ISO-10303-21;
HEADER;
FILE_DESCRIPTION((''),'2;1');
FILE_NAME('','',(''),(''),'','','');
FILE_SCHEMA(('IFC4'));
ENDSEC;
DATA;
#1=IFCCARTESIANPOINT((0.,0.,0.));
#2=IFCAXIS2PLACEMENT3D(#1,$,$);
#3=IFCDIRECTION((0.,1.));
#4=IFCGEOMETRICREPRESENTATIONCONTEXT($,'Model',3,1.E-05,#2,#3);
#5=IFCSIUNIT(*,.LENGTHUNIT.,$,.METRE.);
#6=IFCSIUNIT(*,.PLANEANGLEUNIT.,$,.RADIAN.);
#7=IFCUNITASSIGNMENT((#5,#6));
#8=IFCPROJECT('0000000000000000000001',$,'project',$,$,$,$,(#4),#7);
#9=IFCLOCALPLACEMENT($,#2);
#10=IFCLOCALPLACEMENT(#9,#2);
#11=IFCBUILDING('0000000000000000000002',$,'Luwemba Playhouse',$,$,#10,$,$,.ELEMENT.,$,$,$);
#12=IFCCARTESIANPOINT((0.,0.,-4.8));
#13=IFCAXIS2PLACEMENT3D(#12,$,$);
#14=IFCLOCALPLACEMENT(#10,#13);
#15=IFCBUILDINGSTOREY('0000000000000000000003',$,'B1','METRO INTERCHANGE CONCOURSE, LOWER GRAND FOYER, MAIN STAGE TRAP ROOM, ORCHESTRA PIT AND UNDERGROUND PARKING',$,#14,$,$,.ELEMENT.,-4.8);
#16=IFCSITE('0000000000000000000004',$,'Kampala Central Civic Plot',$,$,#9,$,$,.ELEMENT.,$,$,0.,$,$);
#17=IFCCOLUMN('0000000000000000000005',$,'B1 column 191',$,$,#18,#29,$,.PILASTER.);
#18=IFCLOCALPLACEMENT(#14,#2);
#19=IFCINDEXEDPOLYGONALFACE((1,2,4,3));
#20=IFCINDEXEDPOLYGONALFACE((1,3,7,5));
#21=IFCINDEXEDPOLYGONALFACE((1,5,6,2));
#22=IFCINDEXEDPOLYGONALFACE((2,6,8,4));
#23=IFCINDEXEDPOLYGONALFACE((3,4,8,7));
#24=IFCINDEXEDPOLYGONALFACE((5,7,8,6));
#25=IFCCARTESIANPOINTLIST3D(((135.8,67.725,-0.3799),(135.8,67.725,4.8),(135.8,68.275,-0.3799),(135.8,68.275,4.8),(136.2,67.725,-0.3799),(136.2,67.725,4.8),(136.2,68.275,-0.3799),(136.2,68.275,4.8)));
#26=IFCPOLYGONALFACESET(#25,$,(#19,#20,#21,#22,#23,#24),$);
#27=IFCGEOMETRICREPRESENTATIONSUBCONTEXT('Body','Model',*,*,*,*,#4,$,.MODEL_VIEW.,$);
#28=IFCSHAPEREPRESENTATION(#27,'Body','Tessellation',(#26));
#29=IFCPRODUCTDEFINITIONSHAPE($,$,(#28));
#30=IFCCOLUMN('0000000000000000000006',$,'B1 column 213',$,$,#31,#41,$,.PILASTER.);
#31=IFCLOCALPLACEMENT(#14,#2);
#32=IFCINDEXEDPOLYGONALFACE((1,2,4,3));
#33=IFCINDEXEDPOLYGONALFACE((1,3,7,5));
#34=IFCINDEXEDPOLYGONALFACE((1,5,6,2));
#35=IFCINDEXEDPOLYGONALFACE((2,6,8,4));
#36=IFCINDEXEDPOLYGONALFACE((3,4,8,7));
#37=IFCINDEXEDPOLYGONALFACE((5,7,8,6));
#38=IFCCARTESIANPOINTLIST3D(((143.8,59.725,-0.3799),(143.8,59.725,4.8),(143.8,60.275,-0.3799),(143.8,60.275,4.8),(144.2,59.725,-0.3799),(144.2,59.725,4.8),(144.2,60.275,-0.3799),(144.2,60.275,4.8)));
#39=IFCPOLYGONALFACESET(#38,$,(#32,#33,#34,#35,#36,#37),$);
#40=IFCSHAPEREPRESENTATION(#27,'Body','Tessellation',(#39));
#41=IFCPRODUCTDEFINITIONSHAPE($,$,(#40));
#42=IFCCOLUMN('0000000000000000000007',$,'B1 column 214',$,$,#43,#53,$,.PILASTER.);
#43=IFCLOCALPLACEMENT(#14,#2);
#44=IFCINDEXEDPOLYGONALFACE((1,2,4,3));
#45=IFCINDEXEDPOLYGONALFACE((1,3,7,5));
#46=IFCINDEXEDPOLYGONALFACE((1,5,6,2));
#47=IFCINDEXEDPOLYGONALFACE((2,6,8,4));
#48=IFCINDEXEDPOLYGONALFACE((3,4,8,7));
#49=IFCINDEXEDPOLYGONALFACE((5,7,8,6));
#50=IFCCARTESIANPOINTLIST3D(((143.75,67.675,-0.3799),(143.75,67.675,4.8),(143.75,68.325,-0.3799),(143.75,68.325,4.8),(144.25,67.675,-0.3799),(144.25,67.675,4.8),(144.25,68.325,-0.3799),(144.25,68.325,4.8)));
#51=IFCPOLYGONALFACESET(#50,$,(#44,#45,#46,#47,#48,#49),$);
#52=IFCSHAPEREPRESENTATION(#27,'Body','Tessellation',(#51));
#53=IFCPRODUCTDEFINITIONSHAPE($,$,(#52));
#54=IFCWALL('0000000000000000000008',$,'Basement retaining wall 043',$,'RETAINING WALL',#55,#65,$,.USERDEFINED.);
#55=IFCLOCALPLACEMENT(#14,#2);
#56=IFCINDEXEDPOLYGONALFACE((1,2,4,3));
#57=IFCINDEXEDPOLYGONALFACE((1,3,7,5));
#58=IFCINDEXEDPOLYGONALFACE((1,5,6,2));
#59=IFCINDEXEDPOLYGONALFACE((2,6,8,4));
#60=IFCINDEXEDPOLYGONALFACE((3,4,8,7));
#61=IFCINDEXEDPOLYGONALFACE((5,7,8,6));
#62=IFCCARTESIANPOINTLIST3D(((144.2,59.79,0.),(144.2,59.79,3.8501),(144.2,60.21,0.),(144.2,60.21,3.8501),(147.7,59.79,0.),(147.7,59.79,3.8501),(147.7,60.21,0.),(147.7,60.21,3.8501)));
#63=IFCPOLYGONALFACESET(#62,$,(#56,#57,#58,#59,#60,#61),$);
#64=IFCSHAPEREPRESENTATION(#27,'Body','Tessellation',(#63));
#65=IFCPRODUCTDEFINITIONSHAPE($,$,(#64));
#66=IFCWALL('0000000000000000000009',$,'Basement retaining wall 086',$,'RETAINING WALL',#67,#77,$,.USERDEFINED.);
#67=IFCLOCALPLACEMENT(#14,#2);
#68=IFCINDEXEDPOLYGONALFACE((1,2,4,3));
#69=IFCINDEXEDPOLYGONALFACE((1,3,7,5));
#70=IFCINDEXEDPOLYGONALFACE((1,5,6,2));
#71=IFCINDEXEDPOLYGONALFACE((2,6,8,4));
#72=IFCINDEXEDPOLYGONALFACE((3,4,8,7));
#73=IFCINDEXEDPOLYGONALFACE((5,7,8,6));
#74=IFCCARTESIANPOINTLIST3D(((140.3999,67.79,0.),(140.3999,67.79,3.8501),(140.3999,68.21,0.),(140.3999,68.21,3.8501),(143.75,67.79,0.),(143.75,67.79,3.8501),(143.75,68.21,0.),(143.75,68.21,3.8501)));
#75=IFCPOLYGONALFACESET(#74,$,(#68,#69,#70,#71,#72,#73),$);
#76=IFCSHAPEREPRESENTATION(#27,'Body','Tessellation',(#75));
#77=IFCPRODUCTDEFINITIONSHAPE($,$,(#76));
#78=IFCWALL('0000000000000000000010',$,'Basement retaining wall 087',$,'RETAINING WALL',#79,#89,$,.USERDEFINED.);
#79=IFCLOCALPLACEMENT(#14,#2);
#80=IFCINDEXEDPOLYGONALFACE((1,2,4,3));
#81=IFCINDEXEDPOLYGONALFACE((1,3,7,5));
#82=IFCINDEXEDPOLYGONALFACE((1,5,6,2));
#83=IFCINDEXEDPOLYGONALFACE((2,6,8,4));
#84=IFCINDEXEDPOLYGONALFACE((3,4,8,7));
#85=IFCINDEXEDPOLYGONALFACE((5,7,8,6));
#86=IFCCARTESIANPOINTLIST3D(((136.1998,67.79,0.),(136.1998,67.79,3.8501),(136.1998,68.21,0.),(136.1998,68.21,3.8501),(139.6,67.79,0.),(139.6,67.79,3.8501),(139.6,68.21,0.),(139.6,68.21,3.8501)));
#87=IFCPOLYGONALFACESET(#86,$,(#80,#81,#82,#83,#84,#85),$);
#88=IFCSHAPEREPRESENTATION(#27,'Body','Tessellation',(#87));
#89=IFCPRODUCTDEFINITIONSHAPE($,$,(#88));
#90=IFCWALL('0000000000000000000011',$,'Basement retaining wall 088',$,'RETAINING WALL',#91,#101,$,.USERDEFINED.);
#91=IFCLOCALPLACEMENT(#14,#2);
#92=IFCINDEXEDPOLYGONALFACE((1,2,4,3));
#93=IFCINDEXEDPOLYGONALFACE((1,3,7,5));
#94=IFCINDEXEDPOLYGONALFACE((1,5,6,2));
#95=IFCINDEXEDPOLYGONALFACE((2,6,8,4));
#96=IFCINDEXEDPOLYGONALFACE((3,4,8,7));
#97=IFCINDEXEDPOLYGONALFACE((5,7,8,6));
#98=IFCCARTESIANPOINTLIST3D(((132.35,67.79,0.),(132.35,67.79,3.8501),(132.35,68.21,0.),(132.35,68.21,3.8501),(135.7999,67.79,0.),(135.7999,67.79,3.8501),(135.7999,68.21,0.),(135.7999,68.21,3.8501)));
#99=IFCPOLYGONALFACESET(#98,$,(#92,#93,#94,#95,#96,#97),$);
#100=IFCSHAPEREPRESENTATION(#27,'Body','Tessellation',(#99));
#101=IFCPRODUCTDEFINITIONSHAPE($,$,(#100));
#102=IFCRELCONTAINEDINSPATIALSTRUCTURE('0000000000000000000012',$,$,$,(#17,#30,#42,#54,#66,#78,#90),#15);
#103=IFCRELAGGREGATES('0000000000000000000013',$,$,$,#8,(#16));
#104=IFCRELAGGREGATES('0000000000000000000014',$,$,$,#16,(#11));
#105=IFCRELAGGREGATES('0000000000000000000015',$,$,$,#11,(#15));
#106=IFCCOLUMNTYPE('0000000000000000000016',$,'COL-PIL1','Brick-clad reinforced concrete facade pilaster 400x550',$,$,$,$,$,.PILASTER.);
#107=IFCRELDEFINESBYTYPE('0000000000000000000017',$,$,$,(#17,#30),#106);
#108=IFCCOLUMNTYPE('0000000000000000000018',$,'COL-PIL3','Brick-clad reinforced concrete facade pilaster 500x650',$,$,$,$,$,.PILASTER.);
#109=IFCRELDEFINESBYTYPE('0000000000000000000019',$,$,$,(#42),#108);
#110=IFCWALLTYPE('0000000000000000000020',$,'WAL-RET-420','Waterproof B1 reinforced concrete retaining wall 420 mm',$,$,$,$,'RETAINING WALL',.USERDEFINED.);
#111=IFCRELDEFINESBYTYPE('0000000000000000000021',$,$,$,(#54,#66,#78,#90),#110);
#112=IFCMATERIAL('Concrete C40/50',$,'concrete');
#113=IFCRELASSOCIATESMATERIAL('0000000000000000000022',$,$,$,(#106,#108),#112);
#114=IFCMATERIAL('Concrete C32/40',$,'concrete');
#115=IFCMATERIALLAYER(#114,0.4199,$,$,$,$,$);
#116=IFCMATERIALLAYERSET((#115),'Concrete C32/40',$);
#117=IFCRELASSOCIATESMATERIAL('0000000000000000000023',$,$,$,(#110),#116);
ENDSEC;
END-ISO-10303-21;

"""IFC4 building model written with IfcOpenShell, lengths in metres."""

from ifc_helpers import new_model, si_unit, direction, frame, frame_2d, origin, origin_2d, place, context, subcontext, project, spatial, rectangle, extrude, material, layer, layer_set, material_profile, profile_set, type_object, element, save


model = new_model("IFC4")

# Units and contexts
model_context = context("Model", 3, precision=1e-05, world=origin(), true_north=direction((0.0, 1.0)))
body_context = subcontext(model_context, "Body", "Model", "MODEL_VIEW")
ifc_project = project(units=[si_unit("LENGTHUNIT", "METRE"), si_unit("PLANEANGLEUNIT", "RADIAN")], contexts=[model_context])

# Site, building, storey
site_placement = place(None, origin())
site = spatial("IfcSite", under=ifc_project, at=site_placement, Name="Kampala Central Civic Plot", CompositionType="ELEMENT", RefElevation=0.0)
building_placement = place(site_placement, origin())
building = spatial("IfcBuilding", under=site, at=building_placement, Name="Luwemba Playhouse", CompositionType="ELEMENT")
storey_placement = place(building_placement, frame((0.0, 0.0, -4.8)))
storey = spatial("IfcBuildingStorey", under=building, at=storey_placement, Name="B1", Description="METRO INTERCHANGE CONCOURSE, LOWER GRAND FOYER, MAIN STAGE TRAP ROOM, ORCHESTRA PIT AND UNDERGROUND PARKING", CompositionType="ELEMENT", Elevation=-4.8)

# Shared definitions
ifc_material_1 = material(Name="Concrete C32/40", Category="concrete")

# Columns
ifc_material_2 = material(Name="Concrete C40/50", Category="concrete")
ifc_material_profile_1 = material_profile(ifc_material_2, rectangle(XDim=0.3999, YDim=0.55, at=origin_2d()))
ifc_profile_set_1 = profile_set([ifc_material_profile_1], Name="Concrete C40/50")
column_type_1 = type_object("IfcColumnType", Name="COL-PIL1", Description="Brick-clad reinforced concrete facade pilaster 400x550", PredefinedType="PILASTER", material=ifc_profile_set_1)
for number, where, z_axis, x_axis, name in (
    (1, (136.0, 68.0, -0.3799), (0.0, 0.0, 1.0), (1.0, 0.0, 0.0), "B1 column 191"),
    (2, (144.0, 60.0, -0.3799), (0.0, 0.0, 1.0), (1.0, 0.0, 0.0), "B1 column 213"),
):
    element("IfcColumn", number, at=place(storey_placement, frame(where, z_axis=z_axis, x_axis=x_axis)), inside=storey, type_object=column_type_1, Name=name, PredefinedType="PILASTER", context=body_context, shape_type="SweptSolid", body=[
        extrude(rectangle(XDim=0.3999, YDim=0.55, at=origin_2d()), origin(), (0.0, 0.0, 1.0), 5.1799),
    ])
ifc_material_profile_2 = material_profile(ifc_material_2, rectangle(XDim=0.5, YDim=0.6499, at=origin_2d()))
ifc_profile_set_2 = profile_set([ifc_material_profile_2], Name="Concrete C40/50")
column_type_2 = type_object("IfcColumnType", Name="COL-PIL3", Description="Brick-clad reinforced concrete facade pilaster 500x650", PredefinedType="PILASTER", material=ifc_profile_set_2)
column_1_placement = place(storey_placement, frame((144.0, 68.0, -0.3799), z_axis=(0.0, 0.0, 1.0), x_axis=(1.0, 0.0, 0.0)))
element("IfcColumn", 3, at=column_1_placement, inside=storey, type_object=column_type_2, Name="B1 column 214", PredefinedType="PILASTER", context=body_context, shape_type="SweptSolid", body=[
    extrude(rectangle(XDim=0.5, YDim=0.6499, at=origin_2d()), origin(), (0.0, 0.0, 1.0), 5.1799),
])

# Walls
ifc_layer = layer(ifc_material_1, 0.4199)
ifc_layer_set = layer_set([ifc_layer], Name="Concrete C32/40")
wall_type = type_object("IfcWallType", Name="WAL-RET-420", Description="Waterproof B1 reinforced concrete retaining wall 420 mm", ElementType="RETAINING WALL", PredefinedType="USERDEFINED", material=ifc_layer_set)
wall_1_placement = place(storey_placement, frame((144.2, 60.0, 0.0), z_axis=(0.0, 0.0, 1.0), x_axis=(1.0, 0.0, 0.0)))
element("IfcWall", 4, at=wall_1_placement, inside=storey, type_object=wall_type, Name="Basement retaining wall 043", ObjectType="RETAINING WALL", PredefinedType="USERDEFINED", context=body_context, shape_type="SweptSolid", body=[
    extrude(rectangle(XDim=3.5, YDim=0.4199, at=frame_2d((1.75, 0.0))), origin(), (0.0, 0.0, 1.0), 3.8501),
])
wall_2_placement = place(storey_placement, frame((143.75, 68.0, 0.0), z_axis=(0.0, 0.0, 1.0), x_axis=(-1.0, 0.0, 0.0)))
element("IfcWall", 5, at=wall_2_placement, inside=storey, type_object=wall_type, Name="Basement retaining wall 086", ObjectType="RETAINING WALL", PredefinedType="USERDEFINED", context=body_context, shape_type="SweptSolid", body=[
    extrude(rectangle(XDim=3.3501, YDim=0.4199, at=frame_2d((1.675, 0.0))), origin(), (0.0, 0.0, 1.0), 3.8501),
])
wall_3_placement = place(storey_placement, frame((139.6001, 68.0, 0.0), z_axis=(0.0, 0.0, 1.0), x_axis=(-1.0, 0.0, 0.0)))
element("IfcWall", 6, at=wall_3_placement, inside=storey, type_object=wall_type, Name="Basement retaining wall 087", ObjectType="RETAINING WALL", PredefinedType="USERDEFINED", context=body_context, shape_type="SweptSolid", body=[
    extrude(rectangle(XDim=3.4001, YDim=0.4199, at=frame_2d((1.7002, 0.0))), origin(), (0.0, 0.0, 1.0), 3.8501),
])
wall_4_placement = place(storey_placement, frame((135.8, 68.0, 0.0), z_axis=(0.0, 0.0, 1.0), x_axis=(-1.0, 0.0, 0.0)))
element("IfcWall", 7, at=wall_4_placement, inside=storey, type_object=wall_type, Name="Basement retaining wall 088", ObjectType="RETAINING WALL", PredefinedType="USERDEFINED", context=body_context, shape_type="SweptSolid", body=[
    extrude(rectangle(XDim=3.45, YDim=0.4199, at=frame_2d((1.7251, 0.0))), origin(), (0.0, 0.0, 1.0), 3.8501),
])

save(model, "model.ifc")
